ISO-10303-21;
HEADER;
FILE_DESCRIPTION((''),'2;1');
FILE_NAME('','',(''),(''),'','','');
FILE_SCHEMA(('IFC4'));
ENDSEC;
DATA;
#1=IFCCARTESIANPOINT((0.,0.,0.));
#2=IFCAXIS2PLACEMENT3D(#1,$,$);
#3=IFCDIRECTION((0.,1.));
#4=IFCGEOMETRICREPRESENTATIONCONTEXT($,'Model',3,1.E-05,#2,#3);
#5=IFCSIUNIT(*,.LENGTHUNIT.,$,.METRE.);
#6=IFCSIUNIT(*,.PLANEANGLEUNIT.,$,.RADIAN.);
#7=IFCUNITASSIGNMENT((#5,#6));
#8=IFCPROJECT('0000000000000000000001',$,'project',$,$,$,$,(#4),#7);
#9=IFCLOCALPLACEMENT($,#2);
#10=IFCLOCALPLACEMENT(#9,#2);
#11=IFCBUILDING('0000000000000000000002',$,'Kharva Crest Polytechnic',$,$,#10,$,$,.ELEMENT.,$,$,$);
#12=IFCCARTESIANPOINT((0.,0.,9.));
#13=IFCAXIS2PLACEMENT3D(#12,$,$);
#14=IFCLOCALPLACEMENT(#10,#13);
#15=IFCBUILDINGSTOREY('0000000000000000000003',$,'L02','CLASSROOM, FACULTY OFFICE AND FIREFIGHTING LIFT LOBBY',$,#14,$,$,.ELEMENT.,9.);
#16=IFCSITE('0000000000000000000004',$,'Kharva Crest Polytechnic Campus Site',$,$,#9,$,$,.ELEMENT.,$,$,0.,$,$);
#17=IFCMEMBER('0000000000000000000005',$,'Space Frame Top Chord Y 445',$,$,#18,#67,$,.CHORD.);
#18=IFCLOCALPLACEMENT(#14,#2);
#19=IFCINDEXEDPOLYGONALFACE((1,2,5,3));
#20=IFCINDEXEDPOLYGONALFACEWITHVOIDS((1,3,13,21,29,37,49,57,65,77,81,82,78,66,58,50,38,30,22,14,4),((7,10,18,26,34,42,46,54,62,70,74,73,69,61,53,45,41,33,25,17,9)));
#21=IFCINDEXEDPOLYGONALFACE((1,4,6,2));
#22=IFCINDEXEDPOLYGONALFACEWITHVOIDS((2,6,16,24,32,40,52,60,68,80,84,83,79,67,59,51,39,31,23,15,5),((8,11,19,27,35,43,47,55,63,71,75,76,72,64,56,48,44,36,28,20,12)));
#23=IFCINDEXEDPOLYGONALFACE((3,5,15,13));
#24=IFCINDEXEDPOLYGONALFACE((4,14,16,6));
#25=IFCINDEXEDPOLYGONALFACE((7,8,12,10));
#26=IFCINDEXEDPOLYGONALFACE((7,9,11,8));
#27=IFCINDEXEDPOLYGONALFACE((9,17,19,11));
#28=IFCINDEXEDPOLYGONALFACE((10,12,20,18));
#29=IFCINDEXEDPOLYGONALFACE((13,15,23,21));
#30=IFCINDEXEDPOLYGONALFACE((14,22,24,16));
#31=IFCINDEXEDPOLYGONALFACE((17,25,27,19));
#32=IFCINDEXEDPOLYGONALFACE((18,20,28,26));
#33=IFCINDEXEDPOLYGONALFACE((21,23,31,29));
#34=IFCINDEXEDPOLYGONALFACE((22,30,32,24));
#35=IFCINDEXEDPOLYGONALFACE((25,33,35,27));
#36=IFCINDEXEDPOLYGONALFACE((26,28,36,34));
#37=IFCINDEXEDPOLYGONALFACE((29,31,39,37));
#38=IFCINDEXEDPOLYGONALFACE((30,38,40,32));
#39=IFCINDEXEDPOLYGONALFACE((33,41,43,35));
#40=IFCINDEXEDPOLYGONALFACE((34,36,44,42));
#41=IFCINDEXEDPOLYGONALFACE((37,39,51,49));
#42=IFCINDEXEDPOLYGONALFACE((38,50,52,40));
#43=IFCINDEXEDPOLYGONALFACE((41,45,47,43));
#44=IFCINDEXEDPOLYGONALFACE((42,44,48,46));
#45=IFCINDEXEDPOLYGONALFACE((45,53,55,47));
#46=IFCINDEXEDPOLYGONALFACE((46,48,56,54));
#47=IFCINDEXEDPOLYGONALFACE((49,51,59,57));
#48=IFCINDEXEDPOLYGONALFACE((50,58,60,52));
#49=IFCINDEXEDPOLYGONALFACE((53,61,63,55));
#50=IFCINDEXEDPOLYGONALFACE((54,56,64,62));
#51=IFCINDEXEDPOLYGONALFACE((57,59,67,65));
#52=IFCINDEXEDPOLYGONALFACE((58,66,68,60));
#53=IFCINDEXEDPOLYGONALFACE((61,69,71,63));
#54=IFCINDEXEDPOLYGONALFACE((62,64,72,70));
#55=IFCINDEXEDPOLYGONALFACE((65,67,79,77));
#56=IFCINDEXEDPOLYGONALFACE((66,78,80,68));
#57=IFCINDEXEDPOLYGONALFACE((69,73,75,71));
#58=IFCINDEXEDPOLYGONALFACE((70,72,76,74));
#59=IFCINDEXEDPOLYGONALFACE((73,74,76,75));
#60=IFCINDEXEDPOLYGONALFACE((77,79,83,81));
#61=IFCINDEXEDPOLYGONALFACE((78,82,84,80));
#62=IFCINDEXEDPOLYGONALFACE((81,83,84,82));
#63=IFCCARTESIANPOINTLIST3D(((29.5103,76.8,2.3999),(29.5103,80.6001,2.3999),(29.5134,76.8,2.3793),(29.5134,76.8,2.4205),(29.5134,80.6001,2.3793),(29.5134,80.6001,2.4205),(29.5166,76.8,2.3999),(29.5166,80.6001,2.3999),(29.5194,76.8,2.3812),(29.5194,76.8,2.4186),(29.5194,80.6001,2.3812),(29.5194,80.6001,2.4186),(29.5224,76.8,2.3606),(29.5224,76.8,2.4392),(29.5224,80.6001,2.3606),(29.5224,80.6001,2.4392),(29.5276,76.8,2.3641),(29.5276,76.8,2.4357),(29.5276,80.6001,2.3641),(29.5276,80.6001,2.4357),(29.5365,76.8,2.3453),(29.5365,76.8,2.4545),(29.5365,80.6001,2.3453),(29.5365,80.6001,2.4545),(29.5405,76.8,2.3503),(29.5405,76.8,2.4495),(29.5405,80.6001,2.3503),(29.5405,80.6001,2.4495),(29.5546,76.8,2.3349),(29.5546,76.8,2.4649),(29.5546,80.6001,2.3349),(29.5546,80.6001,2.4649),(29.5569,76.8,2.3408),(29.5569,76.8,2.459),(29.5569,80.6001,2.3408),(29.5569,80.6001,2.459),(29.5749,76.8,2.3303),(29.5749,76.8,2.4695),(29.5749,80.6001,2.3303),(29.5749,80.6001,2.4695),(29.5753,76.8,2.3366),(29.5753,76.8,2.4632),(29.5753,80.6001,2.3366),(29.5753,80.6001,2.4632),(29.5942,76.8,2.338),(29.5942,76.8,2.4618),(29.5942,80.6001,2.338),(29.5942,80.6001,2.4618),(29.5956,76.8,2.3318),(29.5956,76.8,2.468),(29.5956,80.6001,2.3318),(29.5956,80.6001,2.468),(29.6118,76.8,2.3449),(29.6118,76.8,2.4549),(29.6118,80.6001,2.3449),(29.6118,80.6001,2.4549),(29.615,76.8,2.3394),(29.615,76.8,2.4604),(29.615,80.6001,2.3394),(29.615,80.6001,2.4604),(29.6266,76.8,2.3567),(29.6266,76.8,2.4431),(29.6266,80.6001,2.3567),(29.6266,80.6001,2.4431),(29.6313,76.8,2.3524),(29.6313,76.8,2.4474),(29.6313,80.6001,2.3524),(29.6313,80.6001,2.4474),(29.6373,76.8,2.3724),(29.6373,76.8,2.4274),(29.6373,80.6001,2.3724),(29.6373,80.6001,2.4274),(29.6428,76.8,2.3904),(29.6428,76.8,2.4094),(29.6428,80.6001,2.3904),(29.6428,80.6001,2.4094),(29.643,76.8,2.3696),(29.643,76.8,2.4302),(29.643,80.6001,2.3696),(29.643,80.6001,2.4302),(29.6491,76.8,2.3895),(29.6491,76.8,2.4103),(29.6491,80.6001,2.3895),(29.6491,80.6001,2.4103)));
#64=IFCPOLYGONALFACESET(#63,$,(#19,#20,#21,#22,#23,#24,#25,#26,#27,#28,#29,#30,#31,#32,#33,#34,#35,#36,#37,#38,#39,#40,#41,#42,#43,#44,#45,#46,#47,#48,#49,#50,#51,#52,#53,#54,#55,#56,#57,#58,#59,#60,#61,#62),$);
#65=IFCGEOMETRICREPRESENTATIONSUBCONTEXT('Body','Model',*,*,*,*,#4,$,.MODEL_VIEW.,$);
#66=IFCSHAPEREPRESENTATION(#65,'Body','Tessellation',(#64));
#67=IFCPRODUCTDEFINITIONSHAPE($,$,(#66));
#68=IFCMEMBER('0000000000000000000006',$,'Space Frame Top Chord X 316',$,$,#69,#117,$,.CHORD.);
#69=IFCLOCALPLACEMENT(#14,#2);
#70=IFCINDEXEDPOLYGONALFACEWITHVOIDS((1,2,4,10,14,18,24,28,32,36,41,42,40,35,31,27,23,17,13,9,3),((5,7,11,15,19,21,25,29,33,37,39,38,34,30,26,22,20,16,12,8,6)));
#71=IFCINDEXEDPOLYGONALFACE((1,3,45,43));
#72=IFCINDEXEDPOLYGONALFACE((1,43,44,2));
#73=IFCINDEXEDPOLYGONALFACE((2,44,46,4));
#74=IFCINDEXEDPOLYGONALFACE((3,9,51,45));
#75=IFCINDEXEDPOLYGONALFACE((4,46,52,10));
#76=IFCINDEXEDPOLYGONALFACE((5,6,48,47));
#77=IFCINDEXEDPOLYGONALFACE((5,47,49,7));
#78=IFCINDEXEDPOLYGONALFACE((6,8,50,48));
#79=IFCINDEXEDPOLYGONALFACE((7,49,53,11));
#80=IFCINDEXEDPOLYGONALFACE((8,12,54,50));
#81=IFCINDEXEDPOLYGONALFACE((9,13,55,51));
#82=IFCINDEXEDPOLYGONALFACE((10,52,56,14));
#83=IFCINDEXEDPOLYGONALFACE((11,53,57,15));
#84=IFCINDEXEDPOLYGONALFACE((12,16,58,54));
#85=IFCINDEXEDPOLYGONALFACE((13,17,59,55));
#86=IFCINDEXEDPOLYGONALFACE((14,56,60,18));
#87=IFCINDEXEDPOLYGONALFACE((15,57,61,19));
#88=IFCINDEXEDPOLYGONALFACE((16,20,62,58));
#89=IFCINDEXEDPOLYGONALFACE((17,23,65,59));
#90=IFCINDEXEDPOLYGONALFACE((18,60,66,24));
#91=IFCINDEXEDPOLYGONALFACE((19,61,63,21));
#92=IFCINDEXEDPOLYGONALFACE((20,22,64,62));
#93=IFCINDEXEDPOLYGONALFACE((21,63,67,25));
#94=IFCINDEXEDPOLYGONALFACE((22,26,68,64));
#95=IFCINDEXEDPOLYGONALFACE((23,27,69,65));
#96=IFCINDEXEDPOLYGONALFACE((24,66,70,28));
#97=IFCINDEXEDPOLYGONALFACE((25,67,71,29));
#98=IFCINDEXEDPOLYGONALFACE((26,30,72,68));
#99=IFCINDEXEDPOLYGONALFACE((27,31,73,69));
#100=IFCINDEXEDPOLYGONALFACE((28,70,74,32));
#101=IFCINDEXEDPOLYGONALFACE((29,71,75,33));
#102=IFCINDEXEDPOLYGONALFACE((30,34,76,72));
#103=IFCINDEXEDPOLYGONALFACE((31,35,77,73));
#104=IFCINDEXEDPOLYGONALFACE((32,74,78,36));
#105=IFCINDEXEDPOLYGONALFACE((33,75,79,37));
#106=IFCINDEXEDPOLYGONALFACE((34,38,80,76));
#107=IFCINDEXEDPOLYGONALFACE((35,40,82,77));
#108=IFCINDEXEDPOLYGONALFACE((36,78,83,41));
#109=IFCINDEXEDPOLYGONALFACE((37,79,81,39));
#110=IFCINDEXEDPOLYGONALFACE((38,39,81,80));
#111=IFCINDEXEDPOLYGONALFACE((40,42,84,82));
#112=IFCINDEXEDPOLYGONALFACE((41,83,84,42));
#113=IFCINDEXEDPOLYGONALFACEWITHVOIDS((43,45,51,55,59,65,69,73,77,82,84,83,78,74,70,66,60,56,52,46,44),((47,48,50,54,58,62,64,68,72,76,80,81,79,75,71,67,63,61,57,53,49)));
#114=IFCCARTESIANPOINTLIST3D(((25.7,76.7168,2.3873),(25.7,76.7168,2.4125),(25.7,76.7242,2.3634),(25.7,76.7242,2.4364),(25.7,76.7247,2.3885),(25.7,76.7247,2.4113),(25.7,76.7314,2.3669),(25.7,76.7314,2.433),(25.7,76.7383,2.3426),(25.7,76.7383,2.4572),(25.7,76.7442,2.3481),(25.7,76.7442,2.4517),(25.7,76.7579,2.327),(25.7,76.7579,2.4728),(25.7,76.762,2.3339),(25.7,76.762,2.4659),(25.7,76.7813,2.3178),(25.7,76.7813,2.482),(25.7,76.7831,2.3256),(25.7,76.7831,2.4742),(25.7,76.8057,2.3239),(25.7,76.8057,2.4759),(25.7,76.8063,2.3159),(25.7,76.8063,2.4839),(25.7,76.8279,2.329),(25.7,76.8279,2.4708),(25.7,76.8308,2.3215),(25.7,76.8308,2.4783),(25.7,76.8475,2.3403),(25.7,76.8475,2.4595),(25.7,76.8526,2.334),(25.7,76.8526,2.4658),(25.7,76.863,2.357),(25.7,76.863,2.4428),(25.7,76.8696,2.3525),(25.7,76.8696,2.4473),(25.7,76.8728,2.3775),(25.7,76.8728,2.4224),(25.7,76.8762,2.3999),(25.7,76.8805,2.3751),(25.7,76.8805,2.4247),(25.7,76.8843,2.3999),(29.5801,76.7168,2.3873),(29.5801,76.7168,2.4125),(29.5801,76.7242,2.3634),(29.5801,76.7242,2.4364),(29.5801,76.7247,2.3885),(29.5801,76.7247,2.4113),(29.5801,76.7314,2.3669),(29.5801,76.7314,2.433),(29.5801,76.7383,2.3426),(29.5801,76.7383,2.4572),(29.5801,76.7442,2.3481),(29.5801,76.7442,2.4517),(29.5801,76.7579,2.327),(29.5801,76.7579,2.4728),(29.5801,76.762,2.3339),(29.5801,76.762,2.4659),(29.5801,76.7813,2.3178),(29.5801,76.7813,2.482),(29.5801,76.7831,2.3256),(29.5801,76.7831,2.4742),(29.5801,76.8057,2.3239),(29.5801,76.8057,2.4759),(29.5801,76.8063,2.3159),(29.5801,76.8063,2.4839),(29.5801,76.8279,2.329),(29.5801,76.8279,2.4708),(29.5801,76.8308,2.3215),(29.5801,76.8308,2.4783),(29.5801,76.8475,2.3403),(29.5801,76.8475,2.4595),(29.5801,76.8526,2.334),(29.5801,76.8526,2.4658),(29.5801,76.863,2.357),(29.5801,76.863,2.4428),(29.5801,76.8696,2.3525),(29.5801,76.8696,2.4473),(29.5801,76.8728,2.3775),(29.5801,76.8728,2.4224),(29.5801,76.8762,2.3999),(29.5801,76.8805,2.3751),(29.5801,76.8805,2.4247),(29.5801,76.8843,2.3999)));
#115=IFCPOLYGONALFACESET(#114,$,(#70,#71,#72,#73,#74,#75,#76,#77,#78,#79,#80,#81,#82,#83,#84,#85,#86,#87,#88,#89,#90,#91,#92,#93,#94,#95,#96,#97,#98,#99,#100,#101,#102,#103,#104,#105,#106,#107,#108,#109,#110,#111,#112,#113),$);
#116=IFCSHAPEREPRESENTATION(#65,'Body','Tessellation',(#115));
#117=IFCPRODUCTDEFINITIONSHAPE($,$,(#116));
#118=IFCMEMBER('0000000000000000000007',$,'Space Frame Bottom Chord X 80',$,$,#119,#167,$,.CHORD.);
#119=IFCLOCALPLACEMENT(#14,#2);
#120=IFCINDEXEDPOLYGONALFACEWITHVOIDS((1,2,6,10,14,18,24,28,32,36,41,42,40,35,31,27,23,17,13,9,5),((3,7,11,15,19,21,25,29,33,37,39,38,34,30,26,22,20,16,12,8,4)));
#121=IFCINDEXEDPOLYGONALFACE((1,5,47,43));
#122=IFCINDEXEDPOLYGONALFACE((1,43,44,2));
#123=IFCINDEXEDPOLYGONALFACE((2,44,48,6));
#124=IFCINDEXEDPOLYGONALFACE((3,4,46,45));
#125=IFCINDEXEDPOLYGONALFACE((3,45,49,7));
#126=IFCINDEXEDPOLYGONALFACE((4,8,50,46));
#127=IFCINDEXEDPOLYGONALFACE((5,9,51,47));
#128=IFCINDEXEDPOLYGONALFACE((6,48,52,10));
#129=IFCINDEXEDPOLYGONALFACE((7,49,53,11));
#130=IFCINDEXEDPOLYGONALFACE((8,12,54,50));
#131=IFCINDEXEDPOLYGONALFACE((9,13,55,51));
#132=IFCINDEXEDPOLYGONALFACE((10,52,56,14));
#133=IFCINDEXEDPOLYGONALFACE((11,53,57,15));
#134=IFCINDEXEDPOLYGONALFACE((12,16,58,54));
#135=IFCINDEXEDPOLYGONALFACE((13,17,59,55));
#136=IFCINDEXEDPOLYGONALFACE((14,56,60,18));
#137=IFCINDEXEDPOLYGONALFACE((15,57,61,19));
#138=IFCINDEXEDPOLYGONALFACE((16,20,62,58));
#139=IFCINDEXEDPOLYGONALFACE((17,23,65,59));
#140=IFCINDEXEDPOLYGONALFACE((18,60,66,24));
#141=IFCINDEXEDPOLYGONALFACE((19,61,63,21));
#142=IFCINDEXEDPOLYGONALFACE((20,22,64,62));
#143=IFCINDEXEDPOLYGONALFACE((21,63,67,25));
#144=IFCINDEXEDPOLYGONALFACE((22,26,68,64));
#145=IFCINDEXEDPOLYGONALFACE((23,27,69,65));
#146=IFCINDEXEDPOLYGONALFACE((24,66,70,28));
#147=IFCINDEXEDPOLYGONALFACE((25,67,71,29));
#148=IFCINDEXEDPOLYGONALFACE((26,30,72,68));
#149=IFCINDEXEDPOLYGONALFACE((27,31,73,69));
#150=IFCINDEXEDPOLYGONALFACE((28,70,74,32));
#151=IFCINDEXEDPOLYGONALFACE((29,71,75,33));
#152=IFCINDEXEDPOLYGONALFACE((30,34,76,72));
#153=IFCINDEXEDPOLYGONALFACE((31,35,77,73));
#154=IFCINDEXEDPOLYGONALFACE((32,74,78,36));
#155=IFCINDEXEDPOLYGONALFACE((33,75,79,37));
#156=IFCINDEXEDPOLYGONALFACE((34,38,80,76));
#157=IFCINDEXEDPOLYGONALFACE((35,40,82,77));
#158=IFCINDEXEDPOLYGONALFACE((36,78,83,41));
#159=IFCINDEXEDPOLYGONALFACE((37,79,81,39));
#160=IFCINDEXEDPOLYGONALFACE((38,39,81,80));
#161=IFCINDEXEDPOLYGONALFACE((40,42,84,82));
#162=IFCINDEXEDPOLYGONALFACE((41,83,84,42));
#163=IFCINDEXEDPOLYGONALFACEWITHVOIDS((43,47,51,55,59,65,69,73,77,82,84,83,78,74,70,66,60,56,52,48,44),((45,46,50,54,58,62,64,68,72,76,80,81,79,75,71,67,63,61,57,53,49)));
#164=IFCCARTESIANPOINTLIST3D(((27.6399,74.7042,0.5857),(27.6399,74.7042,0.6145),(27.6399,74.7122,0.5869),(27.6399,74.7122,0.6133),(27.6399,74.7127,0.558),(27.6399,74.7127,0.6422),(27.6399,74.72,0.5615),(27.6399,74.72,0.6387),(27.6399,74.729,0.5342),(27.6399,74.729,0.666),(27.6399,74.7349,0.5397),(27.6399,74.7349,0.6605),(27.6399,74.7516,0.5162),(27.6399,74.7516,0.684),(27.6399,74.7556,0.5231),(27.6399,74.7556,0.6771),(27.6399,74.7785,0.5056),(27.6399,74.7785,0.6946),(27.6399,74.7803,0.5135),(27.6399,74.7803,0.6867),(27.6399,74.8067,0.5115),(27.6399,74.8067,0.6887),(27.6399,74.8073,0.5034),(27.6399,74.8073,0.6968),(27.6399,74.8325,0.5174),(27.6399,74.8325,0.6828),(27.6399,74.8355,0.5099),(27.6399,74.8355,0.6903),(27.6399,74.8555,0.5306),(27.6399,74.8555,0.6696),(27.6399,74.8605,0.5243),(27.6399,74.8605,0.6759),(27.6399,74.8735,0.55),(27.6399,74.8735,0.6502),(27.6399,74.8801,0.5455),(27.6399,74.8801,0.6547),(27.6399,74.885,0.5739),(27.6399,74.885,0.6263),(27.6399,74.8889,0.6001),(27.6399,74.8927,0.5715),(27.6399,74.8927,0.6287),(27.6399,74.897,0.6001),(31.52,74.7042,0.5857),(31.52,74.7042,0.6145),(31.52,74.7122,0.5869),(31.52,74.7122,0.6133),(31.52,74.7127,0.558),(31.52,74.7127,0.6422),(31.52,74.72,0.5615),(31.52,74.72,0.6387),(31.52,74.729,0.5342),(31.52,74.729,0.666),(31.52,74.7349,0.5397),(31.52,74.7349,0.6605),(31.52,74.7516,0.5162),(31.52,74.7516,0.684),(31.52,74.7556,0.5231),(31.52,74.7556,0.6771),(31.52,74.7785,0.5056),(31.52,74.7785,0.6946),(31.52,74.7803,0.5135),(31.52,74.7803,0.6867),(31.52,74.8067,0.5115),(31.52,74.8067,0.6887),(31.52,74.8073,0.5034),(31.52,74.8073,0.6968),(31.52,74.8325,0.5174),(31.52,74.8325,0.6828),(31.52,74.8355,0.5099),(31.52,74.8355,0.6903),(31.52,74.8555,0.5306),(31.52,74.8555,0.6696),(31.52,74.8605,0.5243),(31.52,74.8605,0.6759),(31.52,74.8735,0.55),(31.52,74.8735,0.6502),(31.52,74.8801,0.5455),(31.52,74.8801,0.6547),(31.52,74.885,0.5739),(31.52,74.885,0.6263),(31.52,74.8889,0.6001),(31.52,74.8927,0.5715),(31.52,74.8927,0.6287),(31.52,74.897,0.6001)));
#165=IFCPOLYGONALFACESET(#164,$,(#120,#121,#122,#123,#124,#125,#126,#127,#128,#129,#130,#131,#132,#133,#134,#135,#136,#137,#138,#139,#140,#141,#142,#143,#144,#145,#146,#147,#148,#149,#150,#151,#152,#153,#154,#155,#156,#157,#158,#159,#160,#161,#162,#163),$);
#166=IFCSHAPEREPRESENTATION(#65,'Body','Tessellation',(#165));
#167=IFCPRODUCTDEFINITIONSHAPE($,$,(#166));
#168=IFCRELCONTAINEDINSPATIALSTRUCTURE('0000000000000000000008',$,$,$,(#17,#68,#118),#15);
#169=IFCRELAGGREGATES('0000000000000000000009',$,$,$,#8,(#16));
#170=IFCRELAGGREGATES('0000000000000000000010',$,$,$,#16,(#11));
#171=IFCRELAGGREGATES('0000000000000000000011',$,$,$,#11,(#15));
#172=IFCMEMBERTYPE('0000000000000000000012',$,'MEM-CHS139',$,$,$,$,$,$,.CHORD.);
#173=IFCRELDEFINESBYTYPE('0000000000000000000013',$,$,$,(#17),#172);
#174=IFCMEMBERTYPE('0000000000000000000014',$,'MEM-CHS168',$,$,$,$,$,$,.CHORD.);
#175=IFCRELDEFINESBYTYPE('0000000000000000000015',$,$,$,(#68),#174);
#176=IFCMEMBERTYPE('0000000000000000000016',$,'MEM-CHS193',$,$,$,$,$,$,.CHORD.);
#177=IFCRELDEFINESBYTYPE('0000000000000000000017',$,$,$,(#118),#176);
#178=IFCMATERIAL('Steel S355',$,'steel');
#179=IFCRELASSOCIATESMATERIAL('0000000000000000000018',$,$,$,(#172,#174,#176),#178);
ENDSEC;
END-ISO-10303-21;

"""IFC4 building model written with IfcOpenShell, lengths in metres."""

from ifc_helpers import new_model, si_unit, direction, frame, origin, origin_2d, place, context, subcontext, project, spatial, hollow_circle, extrude, material, material_profile, profile_set, type_object, element, save


model = new_model("IFC4")

# Units and contexts
model_context = context("Model", 3, precision=1e-05, world=origin(), true_north=direction((0.0, 1.0)))
body_context = subcontext(model_context, "Body", "Model", "MODEL_VIEW")
ifc_project = project(units=[si_unit("LENGTHUNIT", "METRE"), si_unit("PLANEANGLEUNIT", "RADIAN")], contexts=[model_context])

# Site, building, storey
site_placement = place(None, origin())
site = spatial("IfcSite", under=ifc_project, at=site_placement, Name="Kharva Crest Polytechnic Campus Site", CompositionType="ELEMENT", RefElevation=0.0)
building_placement = place(site_placement, origin())
building = spatial("IfcBuilding", under=site, at=building_placement, Name="Kharva Crest Polytechnic", CompositionType="ELEMENT")
storey_placement = place(building_placement, frame((0.0, 0.0, 9.0)))
storey = spatial("IfcBuildingStorey", under=building, at=storey_placement, Name="L02", Description="CLASSROOM, FACULTY OFFICE AND FIREFIGHTING LIFT LOBBY", CompositionType="ELEMENT", Elevation=9.0)

# Shared definitions
ifc_material_1 = material(Name="Steel S355", Category="steel")

# Members
ifc_material_profile_1 = material_profile(ifc_material_1, hollow_circle(Radius=0.0698, WallThickness=0.0063, at=origin_2d()), Name="CHS 139.7X6.3")
ifc_profile_set_1 = profile_set([ifc_material_profile_1], Name="Steel S355")
member_type_1 = type_object("IfcMemberType", Name="MEM-CHS139", PredefinedType="CHORD", material=ifc_profile_set_1)
member_1_placement = place(storey_placement, frame((29.5801, 76.8, 2.3999), z_axis=(0.0, 1.0, 0.0), x_axis=(-1.0, 0.0, 0.0)))
element("IfcMember", 1, at=member_1_placement, inside=storey, type_object=member_type_1, Name="Space Frame Top Chord Y 445", PredefinedType="CHORD", context=body_context, shape_type="SweptSolid", body=[
    extrude(hollow_circle(Radius=0.0698, WallThickness=0.0063, at=origin_2d()), origin(), (0.0, 0.0, 1.0), 3.8),
])
ifc_material_profile_2 = material_profile(ifc_material_1, hollow_circle(Radius=0.0842, WallThickness=0.0081, at=origin_2d()), Name="CHS 168.3X8.0")
ifc_profile_set_2 = profile_set([ifc_material_profile_2], Name="Steel S355")
member_type_2 = type_object("IfcMemberType", Name="MEM-CHS168", PredefinedType="CHORD", material=ifc_profile_set_2)
member_2_placement = place(storey_placement, frame((25.7, 76.8, 2.3999), z_axis=(1.0, 0.0, 0.0), x_axis=(0.0, 1.0, 0.0)))
element("IfcMember", 2, at=member_2_placement, inside=storey, type_object=member_type_2, Name="Space Frame Top Chord X 316", PredefinedType="CHORD", context=body_context, shape_type="SweptSolid", body=[
    extrude(hollow_circle(Radius=0.0842, WallThickness=0.0081, at=origin_2d()), origin(), (0.0, 0.0, 1.0), 3.8801),
])
ifc_material_profile_3 = material_profile(ifc_material_1, hollow_circle(Radius=0.0969, WallThickness=0.0081, at=origin_2d()), Name="CHS 193.7X8.0")
ifc_profile_set_3 = profile_set([ifc_material_profile_3], Name="Steel S355")
member_type_3 = type_object("IfcMemberType", Name="MEM-CHS193", PredefinedType="CHORD", material=ifc_profile_set_3)
member_3_placement = place(storey_placement, frame((27.6399, 74.8, 0.6001), z_axis=(1.0, 0.0, 0.0), x_axis=(0.0, 1.0, 0.0)))
element("IfcMember", 3, at=member_3_placement, inside=storey, type_object=member_type_3, Name="Space Frame Bottom Chord X 80", PredefinedType="CHORD", context=body_context, shape_type="SweptSolid", body=[
    extrude(hollow_circle(Radius=0.0969, WallThickness=0.0081, at=origin_2d()), origin(), (0.0, 0.0, 1.0), 3.8801),
])

save(model, "model.ifc")
